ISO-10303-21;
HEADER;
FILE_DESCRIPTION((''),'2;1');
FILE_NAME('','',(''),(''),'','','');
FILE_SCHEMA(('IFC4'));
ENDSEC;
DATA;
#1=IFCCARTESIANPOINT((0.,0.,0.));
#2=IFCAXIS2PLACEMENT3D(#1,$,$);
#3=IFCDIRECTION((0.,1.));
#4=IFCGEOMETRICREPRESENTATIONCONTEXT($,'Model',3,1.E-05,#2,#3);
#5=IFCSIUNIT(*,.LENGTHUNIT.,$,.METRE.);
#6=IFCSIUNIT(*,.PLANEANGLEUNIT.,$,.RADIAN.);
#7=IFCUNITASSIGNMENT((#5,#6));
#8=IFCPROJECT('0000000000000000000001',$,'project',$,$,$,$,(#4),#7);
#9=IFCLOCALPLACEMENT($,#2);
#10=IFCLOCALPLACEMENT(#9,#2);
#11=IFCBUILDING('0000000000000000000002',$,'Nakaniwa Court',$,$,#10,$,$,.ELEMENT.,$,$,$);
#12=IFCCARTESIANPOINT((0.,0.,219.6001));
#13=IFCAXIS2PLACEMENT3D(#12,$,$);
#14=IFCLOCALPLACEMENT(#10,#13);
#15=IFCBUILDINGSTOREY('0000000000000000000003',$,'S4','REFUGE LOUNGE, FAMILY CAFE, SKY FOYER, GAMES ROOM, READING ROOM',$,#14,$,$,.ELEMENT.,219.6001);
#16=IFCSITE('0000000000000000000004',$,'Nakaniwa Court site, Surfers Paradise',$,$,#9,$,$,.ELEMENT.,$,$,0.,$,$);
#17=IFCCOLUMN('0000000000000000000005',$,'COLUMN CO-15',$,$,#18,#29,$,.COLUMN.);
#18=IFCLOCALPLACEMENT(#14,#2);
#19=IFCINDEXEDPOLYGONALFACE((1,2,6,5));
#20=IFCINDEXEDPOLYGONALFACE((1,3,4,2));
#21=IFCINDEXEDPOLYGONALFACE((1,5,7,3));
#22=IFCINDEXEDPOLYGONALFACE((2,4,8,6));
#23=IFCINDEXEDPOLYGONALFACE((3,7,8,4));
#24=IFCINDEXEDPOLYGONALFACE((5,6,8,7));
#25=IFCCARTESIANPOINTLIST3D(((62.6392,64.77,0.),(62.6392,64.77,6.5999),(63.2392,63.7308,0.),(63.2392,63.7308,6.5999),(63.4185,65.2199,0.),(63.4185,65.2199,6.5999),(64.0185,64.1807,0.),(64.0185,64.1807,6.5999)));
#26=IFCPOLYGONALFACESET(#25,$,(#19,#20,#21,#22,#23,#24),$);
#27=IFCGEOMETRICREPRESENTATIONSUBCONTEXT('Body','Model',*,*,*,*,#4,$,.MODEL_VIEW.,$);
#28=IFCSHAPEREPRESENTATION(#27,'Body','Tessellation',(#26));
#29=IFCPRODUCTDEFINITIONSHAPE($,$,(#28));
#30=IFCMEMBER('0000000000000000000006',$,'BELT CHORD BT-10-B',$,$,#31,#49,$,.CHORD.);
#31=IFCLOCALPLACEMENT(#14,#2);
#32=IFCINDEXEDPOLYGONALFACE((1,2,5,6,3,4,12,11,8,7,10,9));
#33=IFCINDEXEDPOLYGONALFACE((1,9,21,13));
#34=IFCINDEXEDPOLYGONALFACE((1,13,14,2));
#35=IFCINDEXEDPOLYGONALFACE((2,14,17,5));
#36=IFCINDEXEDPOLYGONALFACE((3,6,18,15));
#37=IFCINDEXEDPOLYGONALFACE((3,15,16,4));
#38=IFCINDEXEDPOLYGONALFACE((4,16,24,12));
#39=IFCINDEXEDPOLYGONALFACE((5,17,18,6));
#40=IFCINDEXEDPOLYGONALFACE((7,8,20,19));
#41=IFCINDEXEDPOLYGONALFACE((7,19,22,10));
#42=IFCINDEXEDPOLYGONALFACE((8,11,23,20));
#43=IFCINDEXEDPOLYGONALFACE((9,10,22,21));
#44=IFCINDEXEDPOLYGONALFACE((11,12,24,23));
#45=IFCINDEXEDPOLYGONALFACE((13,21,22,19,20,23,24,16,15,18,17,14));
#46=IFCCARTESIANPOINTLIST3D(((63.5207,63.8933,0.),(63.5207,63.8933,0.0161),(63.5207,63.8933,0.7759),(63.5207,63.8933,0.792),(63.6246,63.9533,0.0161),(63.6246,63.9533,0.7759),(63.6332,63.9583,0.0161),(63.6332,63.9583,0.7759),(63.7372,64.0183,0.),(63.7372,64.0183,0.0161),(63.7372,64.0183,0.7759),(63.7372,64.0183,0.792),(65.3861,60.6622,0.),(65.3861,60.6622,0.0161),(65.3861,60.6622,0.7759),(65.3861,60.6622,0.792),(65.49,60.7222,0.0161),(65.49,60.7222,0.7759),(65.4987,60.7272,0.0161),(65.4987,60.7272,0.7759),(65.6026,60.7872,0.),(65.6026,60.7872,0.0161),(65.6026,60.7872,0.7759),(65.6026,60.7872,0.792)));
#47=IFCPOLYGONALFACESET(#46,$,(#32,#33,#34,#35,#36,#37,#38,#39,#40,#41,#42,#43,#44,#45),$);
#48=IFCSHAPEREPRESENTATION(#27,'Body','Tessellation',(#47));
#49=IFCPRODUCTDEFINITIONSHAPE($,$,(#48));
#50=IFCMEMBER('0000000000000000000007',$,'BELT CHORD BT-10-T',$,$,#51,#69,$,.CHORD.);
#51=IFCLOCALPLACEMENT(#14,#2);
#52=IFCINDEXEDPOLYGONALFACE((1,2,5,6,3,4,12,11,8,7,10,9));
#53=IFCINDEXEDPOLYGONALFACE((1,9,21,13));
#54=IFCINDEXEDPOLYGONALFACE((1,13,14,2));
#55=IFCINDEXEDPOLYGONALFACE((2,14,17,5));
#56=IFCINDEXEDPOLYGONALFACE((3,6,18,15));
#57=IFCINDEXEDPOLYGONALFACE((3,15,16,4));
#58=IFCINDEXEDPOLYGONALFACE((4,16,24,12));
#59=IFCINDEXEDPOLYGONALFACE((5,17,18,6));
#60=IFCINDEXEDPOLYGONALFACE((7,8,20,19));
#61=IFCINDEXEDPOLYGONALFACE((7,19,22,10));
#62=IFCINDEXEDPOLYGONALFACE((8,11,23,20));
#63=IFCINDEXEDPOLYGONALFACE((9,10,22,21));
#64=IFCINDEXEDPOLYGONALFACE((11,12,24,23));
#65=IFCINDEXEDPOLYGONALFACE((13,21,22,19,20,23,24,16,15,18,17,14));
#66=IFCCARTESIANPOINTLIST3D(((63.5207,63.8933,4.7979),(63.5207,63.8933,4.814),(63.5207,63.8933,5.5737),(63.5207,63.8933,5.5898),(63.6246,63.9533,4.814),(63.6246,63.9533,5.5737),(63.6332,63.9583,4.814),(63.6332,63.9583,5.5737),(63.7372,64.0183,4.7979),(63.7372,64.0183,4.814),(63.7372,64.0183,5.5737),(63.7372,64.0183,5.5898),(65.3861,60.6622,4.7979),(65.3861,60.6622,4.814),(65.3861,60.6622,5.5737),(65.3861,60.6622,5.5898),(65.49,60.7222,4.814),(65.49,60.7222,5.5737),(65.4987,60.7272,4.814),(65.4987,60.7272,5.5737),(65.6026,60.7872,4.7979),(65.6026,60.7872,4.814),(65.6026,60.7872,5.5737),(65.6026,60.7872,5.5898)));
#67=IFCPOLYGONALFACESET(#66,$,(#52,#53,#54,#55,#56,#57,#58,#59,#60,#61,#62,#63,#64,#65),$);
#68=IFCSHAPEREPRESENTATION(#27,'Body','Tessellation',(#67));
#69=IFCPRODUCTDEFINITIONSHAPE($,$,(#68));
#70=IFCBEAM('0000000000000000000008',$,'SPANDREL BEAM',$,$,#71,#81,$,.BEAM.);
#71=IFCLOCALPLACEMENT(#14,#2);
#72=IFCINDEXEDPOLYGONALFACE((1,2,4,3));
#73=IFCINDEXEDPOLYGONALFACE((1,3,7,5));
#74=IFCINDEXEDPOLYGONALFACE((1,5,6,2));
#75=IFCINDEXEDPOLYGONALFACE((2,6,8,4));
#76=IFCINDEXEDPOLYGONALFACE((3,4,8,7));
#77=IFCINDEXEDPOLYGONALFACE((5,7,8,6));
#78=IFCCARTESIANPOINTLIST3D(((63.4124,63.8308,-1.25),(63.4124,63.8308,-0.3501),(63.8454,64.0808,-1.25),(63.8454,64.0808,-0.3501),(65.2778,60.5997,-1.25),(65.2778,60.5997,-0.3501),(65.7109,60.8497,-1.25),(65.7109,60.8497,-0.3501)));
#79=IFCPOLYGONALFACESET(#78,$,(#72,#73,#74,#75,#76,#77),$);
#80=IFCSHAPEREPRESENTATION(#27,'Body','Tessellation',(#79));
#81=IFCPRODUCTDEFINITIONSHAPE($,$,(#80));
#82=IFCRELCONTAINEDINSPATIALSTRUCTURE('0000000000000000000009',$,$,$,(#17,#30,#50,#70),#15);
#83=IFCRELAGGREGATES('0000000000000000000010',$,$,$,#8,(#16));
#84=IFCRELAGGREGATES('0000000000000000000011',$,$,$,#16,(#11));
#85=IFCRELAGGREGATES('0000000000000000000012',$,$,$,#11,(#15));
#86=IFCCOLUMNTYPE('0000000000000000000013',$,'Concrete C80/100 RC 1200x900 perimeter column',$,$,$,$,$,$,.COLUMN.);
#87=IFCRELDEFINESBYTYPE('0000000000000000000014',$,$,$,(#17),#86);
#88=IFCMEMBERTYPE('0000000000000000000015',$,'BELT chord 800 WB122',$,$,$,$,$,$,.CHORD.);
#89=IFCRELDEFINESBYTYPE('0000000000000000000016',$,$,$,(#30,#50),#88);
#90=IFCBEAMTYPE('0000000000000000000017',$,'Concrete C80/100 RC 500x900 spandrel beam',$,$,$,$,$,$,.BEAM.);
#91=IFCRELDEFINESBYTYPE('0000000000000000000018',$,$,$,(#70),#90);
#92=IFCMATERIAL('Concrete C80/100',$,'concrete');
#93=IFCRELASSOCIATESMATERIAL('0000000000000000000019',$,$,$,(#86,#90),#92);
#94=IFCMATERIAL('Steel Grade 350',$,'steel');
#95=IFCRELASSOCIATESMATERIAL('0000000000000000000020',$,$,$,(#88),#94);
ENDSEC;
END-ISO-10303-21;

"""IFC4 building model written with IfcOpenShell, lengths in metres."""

from ifc_helpers import new_model, si_unit, direction, frame, origin, origin_2d, place, context, subcontext, project, spatial, rectangle, i_section, extrude, material, material_profile, profile_set, type_object, element, save


model = new_model("IFC4")

# Units and contexts
model_context = context("Model", 3, precision=1e-05, world=origin(), true_north=direction((0.0, 1.0)))
body_context = subcontext(model_context, "Body", "Model", "MODEL_VIEW")
ifc_project = project(units=[si_unit("LENGTHUNIT", "METRE"), si_unit("PLANEANGLEUNIT", "RADIAN")], contexts=[model_context])

# Site, building, storey
site_placement = place(None, origin())
site = spatial("IfcSite", under=ifc_project, at=site_placement, Name="Nakaniwa Court site, Surfers Paradise", CompositionType="ELEMENT", RefElevation=0.0)
building_placement = place(site_placement, origin())
building = spatial("IfcBuilding", under=site, at=building_placement, Name="Nakaniwa Court", CompositionType="ELEMENT")
storey_placement = place(building_placement, frame((0.0, 0.0, 219.6001)))
storey = spatial("IfcBuildingStorey", under=building, at=storey_placement, Name="S4", Description="REFUGE LOUNGE, FAMILY CAFE, SKY FOYER, GAMES ROOM, READING ROOM", CompositionType="ELEMENT", Elevation=219.6001)

# Column
ifc_material_1 = material(Name="Concrete C80/100", Category="concrete")
ifc_material_profile_1 = material_profile(ifc_material_1, rectangle(XDim=1.2, YDim=0.8999, at=origin_2d()), Name="Concrete C80/100 RC 1200x900 perimeter column")
ifc_profile_set_1 = profile_set([ifc_material_profile_1], Name="Concrete C80/100")
column_type = type_object("IfcColumnType", Name="Concrete C80/100 RC 1200x900 perimeter column", PredefinedType="COLUMN", material=ifc_profile_set_1)
column_placement = place(storey_placement, frame((63.3289, 64.4753, 0.0), z_axis=(0.0, 0.0, 1.0), x_axis=(0.5, -0.866025, 0.0)))
element("IfcColumn", 1, at=column_placement, inside=storey, type_object=column_type, Name="COLUMN CO-15", PredefinedType="COLUMN", context=body_context, shape_type="SweptSolid", body=[
    extrude(rectangle(XDim=1.2, YDim=0.8999, at=origin_2d()), origin(), (0.0, 0.0, 1.0), 6.5999),
])

# Members
ifc_material_2 = material(Name="Steel Grade 350", Category="steel")
ifc_material_profile_2 = material_profile(ifc_material_2, i_section(OverallWidth=0.25, OverallDepth=0.792, WebThickness=0.01, FlangeThickness=0.0161, at=origin_2d()), Name="800WB122")
ifc_profile_set_2 = profile_set([ifc_material_profile_2], Name="Steel Grade 350")
member_type = type_object("IfcMemberType", Name="BELT chord 800 WB122", PredefinedType="CHORD", material=ifc_profile_set_2)
for number, where, z_axis, x_axis, name in (
    (2, (63.6289, 63.9558, 0.396), (0.499989, -0.866032, 0.0), (0.866032, 0.499989, 0.0), "BELT CHORD BT-10-B"),
    (3, (63.6289, 63.9558, 5.1938), (0.499989, -0.866032, 0.0), (0.866032, 0.499989, 0.0), "BELT CHORD BT-10-T"),
):
    element("IfcMember", number, at=place(storey_placement, frame(where, z_axis=z_axis, x_axis=x_axis)), inside=storey, type_object=member_type, Name=name, PredefinedType="CHORD", context=body_context, shape_type="SweptSolid", body=[
        extrude(i_section(OverallWidth=0.25, OverallDepth=0.792, WebThickness=0.01, FlangeThickness=0.0161, at=origin_2d()), origin(), (0.0, 0.0, 1.0), 3.731),
    ])

# Beam
ifc_material_profile_3 = material_profile(ifc_material_1, rectangle(XDim=0.5, YDim=0.8999, at=origin_2d()), Name="Concrete C80/100 RC 500x900 spandrel beam")
ifc_profile_set_3 = profile_set([ifc_material_profile_3], Name="Concrete C80/100")
beam_type = type_object("IfcBeamType", Name="Concrete C80/100 RC 500x900 spandrel beam", PredefinedType="BEAM", material=ifc_profile_set_3)
beam_placement = place(storey_placement, frame((63.6289, 63.9558, -0.8), z_axis=(0.499989, -0.866032, 0.0), x_axis=(0.866032, 0.499989, 0.0)))
element("IfcBeam", 4, at=beam_placement, inside=storey, type_object=beam_type, Name="SPANDREL BEAM", PredefinedType="BEAM", context=body_context, shape_type="SweptSolid", body=[
    extrude(rectangle(XDim=0.5, YDim=0.8999, at=origin_2d()), origin(), (0.0, 0.0, 1.0), 3.731),
])

save(model, "model.ifc")
